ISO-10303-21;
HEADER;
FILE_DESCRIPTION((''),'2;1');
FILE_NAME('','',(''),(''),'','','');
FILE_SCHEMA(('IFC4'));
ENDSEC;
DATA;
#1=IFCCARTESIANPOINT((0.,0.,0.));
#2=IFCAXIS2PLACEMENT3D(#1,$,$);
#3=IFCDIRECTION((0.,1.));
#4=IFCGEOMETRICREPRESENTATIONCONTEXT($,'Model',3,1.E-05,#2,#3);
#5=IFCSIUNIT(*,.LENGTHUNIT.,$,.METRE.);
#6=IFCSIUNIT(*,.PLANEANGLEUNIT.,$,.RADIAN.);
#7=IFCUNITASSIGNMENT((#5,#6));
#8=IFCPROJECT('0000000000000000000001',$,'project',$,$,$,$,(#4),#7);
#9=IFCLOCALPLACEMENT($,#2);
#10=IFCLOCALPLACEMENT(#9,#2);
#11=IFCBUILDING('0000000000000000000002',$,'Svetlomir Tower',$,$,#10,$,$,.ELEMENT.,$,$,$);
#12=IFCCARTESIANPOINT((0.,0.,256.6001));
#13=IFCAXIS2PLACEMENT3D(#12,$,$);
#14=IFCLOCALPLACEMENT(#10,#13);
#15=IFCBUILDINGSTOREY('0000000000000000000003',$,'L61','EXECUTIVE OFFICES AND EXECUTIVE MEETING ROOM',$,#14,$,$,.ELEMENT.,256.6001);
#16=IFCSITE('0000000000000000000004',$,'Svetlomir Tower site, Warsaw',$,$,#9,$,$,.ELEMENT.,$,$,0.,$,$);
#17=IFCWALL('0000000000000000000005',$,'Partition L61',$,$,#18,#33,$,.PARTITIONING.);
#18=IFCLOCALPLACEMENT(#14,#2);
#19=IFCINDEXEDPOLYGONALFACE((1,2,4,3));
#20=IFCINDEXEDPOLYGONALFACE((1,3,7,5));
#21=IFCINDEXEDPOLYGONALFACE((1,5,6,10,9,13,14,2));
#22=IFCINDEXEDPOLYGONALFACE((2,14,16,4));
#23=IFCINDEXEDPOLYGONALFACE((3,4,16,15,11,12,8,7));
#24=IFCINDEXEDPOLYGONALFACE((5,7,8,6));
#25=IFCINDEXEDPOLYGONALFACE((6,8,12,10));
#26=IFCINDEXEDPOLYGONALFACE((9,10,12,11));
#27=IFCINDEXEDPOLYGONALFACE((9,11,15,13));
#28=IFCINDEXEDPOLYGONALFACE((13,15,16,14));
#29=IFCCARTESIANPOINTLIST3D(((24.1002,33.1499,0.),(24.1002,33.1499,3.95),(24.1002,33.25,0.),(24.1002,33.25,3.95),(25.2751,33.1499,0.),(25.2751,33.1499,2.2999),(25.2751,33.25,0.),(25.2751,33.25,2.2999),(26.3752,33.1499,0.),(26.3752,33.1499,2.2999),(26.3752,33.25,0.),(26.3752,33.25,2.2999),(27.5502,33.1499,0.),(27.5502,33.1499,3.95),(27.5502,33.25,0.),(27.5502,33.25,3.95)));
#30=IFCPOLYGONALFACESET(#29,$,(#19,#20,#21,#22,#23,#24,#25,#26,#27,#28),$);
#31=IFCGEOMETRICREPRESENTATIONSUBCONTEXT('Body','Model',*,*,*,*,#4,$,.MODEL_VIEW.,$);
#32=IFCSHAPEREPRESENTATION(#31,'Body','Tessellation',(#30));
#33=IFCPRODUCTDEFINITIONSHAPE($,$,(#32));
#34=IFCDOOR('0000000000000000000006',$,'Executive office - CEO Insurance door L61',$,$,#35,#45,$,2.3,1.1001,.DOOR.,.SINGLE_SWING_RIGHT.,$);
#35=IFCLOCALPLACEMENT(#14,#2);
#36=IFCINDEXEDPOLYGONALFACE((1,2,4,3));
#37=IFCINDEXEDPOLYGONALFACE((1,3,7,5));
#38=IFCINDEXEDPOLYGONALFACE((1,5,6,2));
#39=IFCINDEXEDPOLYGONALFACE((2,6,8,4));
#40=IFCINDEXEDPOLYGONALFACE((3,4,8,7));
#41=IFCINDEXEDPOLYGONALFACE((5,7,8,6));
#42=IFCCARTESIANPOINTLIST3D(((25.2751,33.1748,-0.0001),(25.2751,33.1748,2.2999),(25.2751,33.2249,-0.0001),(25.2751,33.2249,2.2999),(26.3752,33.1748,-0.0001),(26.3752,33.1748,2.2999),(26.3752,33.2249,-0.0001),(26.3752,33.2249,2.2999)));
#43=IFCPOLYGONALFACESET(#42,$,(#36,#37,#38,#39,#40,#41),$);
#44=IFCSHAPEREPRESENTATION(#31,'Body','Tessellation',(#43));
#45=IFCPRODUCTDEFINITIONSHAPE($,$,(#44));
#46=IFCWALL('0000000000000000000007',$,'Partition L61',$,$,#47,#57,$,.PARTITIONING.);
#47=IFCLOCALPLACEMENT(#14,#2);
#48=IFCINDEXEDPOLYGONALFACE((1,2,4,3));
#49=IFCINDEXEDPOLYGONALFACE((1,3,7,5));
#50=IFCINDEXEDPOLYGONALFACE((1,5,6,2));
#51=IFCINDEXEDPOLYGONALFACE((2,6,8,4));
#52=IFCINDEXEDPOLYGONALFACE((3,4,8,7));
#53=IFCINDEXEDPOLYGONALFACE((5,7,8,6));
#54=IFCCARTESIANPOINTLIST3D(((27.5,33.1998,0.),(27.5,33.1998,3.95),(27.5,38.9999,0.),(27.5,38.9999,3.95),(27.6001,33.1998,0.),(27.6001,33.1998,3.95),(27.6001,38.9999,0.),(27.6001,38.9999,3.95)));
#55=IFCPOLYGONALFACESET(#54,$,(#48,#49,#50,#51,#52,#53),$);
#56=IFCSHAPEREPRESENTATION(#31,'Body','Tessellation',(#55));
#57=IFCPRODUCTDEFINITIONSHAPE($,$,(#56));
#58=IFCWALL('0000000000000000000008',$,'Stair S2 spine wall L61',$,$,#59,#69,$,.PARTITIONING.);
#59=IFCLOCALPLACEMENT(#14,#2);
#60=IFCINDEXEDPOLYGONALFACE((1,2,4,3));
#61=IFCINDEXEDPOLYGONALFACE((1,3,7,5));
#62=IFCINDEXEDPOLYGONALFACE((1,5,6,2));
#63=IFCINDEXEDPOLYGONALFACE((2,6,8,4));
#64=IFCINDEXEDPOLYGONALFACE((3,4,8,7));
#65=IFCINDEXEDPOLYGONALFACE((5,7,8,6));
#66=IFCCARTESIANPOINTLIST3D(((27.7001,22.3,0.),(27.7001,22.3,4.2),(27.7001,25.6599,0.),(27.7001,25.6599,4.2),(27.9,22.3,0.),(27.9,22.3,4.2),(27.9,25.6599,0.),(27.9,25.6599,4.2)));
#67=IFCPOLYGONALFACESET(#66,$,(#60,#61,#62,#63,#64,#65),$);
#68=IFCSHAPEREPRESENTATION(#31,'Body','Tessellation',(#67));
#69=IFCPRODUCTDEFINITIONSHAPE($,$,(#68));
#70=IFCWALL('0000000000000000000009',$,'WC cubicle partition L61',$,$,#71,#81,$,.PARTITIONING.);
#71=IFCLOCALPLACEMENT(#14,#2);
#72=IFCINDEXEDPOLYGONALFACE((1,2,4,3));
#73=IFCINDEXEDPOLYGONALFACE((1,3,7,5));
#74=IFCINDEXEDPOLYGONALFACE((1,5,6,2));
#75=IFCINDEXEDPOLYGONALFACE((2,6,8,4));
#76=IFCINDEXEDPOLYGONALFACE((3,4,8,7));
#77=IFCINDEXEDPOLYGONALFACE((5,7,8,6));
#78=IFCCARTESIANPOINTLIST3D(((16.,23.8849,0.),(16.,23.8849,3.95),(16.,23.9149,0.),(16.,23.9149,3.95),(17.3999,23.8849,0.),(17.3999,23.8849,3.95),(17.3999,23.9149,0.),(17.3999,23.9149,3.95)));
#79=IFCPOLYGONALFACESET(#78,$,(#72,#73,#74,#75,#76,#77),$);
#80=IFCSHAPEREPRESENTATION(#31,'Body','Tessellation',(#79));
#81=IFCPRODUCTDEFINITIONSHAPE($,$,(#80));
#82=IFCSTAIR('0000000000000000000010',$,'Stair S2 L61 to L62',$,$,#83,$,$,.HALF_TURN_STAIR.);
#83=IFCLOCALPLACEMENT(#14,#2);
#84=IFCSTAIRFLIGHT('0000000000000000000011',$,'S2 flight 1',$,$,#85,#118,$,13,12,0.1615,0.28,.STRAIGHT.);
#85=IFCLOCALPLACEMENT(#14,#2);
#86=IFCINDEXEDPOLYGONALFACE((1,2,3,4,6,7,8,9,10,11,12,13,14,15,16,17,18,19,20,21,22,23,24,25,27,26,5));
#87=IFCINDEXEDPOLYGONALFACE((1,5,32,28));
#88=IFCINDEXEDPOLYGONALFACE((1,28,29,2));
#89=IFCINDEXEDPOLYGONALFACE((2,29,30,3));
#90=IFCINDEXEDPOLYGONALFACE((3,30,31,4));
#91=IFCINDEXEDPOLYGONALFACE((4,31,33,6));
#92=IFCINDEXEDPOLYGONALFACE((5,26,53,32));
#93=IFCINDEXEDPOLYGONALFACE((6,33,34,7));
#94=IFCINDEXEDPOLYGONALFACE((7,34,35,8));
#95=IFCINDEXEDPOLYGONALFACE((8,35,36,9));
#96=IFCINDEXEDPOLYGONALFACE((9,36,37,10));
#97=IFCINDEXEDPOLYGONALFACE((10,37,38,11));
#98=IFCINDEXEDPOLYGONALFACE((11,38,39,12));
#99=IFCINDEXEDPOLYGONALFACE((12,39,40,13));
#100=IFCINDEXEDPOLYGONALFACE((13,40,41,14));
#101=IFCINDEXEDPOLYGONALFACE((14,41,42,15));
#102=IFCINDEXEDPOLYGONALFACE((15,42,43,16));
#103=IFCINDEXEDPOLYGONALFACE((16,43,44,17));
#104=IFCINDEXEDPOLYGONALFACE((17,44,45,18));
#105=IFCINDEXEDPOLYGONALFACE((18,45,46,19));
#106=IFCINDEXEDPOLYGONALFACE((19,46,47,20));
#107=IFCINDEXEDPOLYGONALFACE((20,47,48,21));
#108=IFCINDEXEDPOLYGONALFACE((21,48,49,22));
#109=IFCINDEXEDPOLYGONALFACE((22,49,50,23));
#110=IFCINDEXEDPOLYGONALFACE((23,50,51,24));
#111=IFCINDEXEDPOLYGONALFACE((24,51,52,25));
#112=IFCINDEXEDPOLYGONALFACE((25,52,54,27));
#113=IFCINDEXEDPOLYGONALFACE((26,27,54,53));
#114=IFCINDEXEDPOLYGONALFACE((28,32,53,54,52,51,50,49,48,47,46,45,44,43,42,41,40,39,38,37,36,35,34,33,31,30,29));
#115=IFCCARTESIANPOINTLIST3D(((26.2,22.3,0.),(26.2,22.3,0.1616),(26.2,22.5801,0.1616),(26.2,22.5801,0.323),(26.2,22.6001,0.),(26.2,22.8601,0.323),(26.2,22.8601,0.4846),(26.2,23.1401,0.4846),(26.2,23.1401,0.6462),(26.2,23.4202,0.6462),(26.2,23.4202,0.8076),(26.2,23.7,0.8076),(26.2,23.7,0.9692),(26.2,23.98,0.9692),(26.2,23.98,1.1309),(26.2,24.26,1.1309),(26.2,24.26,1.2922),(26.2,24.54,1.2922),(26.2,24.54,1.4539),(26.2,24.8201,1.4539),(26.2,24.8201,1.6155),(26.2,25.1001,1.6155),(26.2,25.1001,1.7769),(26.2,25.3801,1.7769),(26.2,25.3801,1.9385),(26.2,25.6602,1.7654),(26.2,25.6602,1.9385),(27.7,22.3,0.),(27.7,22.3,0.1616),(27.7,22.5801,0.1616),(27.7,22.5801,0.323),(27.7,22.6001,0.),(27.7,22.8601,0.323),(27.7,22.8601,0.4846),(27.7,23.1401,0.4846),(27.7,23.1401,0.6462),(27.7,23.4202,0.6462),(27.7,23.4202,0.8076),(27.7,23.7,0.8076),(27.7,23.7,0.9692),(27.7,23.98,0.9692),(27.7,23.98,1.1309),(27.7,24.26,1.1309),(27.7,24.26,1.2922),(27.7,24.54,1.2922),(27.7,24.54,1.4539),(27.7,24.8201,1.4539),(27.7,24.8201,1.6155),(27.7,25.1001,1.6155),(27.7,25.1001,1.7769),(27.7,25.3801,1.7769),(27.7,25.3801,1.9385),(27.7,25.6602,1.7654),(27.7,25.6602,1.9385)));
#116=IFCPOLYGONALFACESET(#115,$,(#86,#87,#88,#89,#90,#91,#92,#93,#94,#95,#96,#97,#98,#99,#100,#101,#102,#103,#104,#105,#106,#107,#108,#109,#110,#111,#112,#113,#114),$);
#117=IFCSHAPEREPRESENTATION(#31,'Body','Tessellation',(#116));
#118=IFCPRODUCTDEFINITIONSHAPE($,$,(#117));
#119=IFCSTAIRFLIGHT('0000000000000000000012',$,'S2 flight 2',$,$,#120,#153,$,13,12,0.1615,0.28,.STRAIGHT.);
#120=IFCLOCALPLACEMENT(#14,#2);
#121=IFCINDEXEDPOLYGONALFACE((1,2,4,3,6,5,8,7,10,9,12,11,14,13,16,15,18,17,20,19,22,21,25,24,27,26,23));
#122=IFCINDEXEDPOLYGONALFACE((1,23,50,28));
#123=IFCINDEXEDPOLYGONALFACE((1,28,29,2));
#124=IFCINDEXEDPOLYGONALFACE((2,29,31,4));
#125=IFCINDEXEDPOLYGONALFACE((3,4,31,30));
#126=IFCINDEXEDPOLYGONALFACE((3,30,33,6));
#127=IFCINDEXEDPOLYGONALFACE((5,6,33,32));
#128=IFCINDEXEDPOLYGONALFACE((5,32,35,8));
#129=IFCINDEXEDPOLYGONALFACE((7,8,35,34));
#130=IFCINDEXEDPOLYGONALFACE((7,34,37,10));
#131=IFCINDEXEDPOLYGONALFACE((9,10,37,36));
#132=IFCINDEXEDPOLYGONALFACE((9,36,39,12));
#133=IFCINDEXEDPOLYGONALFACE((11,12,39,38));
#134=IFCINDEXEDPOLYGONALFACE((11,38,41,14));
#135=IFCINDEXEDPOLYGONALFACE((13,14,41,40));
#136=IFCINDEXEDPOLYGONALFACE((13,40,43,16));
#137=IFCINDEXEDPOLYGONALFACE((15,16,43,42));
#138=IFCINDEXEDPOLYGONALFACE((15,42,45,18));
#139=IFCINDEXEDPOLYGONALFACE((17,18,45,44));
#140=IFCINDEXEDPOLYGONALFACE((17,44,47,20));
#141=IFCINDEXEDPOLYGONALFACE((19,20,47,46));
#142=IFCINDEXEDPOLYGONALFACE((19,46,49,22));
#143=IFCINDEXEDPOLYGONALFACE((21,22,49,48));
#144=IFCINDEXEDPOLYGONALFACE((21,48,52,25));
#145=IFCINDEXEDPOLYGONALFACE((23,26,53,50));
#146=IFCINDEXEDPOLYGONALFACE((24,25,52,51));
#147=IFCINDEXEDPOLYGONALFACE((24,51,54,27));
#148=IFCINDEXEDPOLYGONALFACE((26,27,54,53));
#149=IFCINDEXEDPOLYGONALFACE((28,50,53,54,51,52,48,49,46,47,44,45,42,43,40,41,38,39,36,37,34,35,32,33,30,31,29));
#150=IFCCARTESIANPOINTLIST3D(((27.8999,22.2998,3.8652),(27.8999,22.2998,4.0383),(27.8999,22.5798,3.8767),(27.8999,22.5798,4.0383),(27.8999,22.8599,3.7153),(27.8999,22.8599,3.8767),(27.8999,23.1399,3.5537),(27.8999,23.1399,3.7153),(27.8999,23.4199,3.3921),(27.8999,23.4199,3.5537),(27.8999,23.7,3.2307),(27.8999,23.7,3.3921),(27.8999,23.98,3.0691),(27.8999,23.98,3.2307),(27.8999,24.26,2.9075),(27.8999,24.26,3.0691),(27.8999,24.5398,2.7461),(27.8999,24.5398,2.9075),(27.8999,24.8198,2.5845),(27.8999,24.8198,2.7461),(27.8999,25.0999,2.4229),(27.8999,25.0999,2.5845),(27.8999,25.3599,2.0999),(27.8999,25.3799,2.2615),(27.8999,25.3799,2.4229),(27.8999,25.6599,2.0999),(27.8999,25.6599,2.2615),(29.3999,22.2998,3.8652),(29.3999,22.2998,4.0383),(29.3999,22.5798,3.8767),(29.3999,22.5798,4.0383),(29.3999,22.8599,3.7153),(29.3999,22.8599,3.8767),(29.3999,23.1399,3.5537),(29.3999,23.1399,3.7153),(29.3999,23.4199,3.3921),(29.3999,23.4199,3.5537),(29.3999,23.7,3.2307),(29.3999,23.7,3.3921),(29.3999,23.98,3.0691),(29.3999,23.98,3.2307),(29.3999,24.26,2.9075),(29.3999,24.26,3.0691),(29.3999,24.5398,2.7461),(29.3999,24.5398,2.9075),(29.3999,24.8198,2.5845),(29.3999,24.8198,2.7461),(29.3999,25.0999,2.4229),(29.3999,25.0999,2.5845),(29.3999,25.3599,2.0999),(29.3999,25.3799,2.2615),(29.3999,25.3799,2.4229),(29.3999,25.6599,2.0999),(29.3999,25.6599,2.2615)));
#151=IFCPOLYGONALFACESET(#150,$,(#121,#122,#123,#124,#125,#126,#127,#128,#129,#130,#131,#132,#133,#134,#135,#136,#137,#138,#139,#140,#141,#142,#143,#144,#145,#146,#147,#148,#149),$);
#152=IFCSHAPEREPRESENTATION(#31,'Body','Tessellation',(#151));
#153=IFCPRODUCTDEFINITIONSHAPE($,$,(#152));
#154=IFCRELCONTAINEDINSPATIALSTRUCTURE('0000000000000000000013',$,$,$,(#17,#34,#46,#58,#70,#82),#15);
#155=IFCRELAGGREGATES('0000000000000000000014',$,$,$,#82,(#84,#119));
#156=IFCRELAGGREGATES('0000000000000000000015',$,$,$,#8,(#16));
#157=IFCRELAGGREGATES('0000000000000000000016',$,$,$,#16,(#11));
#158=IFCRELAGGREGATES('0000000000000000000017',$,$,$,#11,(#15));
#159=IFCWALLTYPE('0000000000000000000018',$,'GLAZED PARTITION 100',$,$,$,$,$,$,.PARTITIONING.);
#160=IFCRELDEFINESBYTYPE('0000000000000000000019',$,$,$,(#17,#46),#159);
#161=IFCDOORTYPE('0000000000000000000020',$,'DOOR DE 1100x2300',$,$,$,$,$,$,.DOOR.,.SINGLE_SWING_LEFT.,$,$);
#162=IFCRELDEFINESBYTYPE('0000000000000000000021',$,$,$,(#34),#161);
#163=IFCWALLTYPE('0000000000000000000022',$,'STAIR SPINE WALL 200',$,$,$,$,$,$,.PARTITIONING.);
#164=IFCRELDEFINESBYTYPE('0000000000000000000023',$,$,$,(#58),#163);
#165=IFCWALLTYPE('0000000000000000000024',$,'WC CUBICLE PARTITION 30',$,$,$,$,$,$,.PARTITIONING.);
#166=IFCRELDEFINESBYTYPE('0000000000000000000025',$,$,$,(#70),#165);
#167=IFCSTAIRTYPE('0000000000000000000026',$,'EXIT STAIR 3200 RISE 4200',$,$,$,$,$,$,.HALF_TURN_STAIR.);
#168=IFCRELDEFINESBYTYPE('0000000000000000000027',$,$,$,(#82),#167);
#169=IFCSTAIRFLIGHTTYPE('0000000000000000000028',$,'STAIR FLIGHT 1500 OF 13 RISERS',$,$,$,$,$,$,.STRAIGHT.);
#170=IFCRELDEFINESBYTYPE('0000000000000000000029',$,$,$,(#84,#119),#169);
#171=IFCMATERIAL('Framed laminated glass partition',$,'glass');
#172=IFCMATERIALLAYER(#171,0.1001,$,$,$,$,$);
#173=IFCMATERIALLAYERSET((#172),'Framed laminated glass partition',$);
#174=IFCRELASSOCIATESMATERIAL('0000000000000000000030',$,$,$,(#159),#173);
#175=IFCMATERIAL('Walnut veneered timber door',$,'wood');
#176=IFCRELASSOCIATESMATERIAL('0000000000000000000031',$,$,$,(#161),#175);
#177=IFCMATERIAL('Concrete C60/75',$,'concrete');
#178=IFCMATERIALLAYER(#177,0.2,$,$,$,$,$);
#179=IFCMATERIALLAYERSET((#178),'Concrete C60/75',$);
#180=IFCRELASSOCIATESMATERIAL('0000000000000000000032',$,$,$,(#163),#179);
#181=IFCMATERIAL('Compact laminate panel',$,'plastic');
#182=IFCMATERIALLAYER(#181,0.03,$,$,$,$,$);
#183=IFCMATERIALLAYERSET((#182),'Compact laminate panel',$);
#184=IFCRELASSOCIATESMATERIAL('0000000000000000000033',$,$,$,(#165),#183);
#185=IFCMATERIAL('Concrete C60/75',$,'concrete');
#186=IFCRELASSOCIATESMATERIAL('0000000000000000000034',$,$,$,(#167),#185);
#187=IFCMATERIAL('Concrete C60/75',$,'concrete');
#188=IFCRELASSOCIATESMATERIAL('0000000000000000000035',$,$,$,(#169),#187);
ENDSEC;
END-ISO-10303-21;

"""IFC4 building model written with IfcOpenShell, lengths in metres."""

from ifc_helpers import new_model, si_unit, direction, frame, frame_2d, origin, place, context, subcontext, project, spatial, polyline, rectangle, outline, extrude, material, layer, layer_set, type_object, element, fill, aggregate, save


model = new_model("IFC4")

# Units and contexts
model_context = context("Model", 3, precision=1e-05, world=origin(), true_north=direction((0.0, 1.0)))
body_context = subcontext(model_context, "Body", "Model", "MODEL_VIEW")
ifc_project = project(units=[si_unit("LENGTHUNIT", "METRE"), si_unit("PLANEANGLEUNIT", "RADIAN")], contexts=[model_context])

# Site, building, storey
site_placement = place(None, origin())
site = spatial("IfcSite", under=ifc_project, at=site_placement, Name="Svetlomir Tower site, Warsaw", CompositionType="ELEMENT", RefElevation=0.0)
building_placement = place(site_placement, origin())
building = spatial("IfcBuilding", under=site, at=building_placement, Name="Svetlomir Tower", CompositionType="ELEMENT")
storey_placement = place(building_placement, frame((0.0, 0.0, 256.6001)))
storey = spatial("IfcBuildingStorey", under=building, at=storey_placement, Name="L61", Description="EXECUTIVE OFFICES AND EXECUTIVE MEETING ROOM", CompositionType="ELEMENT", Elevation=256.6001)

# Shared definitions
ifc_material_1 = material(Name="Framed laminated glass partition", Category="glass")
ifc_layer_1 = layer(ifc_material_1, 0.1001)
ifc_layer_set_1 = layer_set([ifc_layer_1], Name="Framed laminated glass partition")
wall_type_1 = type_object("IfcWallType", Name="GLAZED PARTITION 100", PredefinedType="PARTITIONING", material=ifc_layer_set_1)

# Wall, opening, door
wall_1_placement = place(storey_placement, frame((24.1001, 33.2, 0.0), z_axis=(0.0, 0.0, 1.0), x_axis=(1.0, 0.0, 0.0)))
wall_1 = element("IfcWall", 1, at=wall_1_placement, inside=storey, type_object=wall_type_1, Name="Partition L61", PredefinedType="PARTITIONING", context=body_context, shape_type="SweptSolid", body=[
    extrude(rectangle(XDim=3.45, YDim=0.1001, at=frame_2d((1.7251, 0.0))), origin(), (0.0, 0.0, 1.0), 3.95),
])
opening_1_placement = place(wall_1_placement, frame((1.175, 0.0, 0.0)))
opening_1 = element("IfcOpeningElement", 2, at=opening_1_placement, cuts=wall_1, PredefinedType="OPENING", context=body_context, shape_type="SweptSolid", body=[
    extrude(rectangle(XDim=1.1001, YDim=2.3, at=frame_2d((0.55, 1.1499))), frame((0.0, 0.0601, 0.0), z_axis=(0.0, -1.0, 0.0), x_axis=(1.0, 0.0, 0.0)), (0.0, 0.0, 1.0), 0.1201),
])
ifc_material_2 = material(Name="Walnut veneered timber door", Category="wood")
door_type_1 = type_object("IfcDoorType", Name="DOOR DE 1100x2300", OperationType="SINGLE_SWING_LEFT", PredefinedType="DOOR", material=ifc_material_2)
door_1_placement = place(opening_1_placement, origin())
door_1 = element("IfcDoor", 3, at=door_1_placement, inside=storey, type_object=door_type_1, Name="Executive office - CEO Insurance door L61", OperationType="SINGLE_SWING_RIGHT", OverallHeight=2.3, OverallWidth=1.1001, PredefinedType="DOOR", context=body_context, shape_type="SweptSolid", body=[
    extrude(rectangle(XDim=1.1001, YDim=2.3, at=frame_2d((0.55, 1.1499))), frame((0.0, 0.0249, 0.0), z_axis=(0.0, -1.0, 0.0), x_axis=(1.0, 0.0, 0.0)), (0.0, 0.0, 1.0), 0.05),
])
fill(opening_1, door_1)

# Walls
wall_2_placement = place(storey_placement, frame((27.55, 33.2, 0.0), z_axis=(0.0, 0.0, 1.0), x_axis=(0.0, 1.0, 0.0)))
element("IfcWall", 4, at=wall_2_placement, inside=storey, type_object=wall_type_1, Name="Partition L61", PredefinedType="PARTITIONING", context=body_context, shape_type="SweptSolid", body=[
    extrude(rectangle(XDim=5.8, YDim=0.1001, at=frame_2d((2.8999, 0.0))), origin(), (0.0, 0.0, 1.0), 3.95),
])
ifc_material_3 = material(Name="Concrete C60/75", Category="concrete")
ifc_layer_2 = layer(ifc_material_3, 0.2)
ifc_layer_set_2 = layer_set([ifc_layer_2], Name="Concrete C60/75")
wall_type_2 = type_object("IfcWallType", Name="STAIR SPINE WALL 200", PredefinedType="PARTITIONING", material=ifc_layer_set_2)
wall_3_placement = place(storey_placement, frame((27.8, 22.3, 0.0), z_axis=(0.0, 0.0, 1.0), x_axis=(0.0, 1.0, 0.0)))
element("IfcWall", 5, at=wall_3_placement, inside=storey, type_object=wall_type_2, Name="Stair S2 spine wall L61", PredefinedType="PARTITIONING", context=body_context, shape_type="SweptSolid", body=[
    extrude(rectangle(XDim=3.3599, YDim=0.2, at=frame_2d((1.6799, 0.0))), origin(), (0.0, 0.0, 1.0), 4.2),
])
ifc_material_4 = material(Name="Compact laminate panel", Category="plastic")
ifc_layer_3 = layer(ifc_material_4, 0.03)
ifc_layer_set_3 = layer_set([ifc_layer_3], Name="Compact laminate panel")
wall_type_3 = type_object("IfcWallType", Name="WC CUBICLE PARTITION 30", PredefinedType="PARTITIONING", material=ifc_layer_set_3)
wall_4_placement = place(storey_placement, frame((16.0, 23.8999, 0.0), z_axis=(0.0, 0.0, 1.0), x_axis=(1.0, 0.0, 0.0)))
element("IfcWall", 6, at=wall_4_placement, inside=storey, type_object=wall_type_3, Name="WC cubicle partition L61", PredefinedType="PARTITIONING", context=body_context, shape_type="SweptSolid", body=[
    extrude(rectangle(XDim=1.3999, YDim=0.03, at=frame_2d((0.7, 0.0))), origin(), (0.0, 0.0, 1.0), 3.95),
])

# Stair, stair flights
ifc_material_5 = material(Name="Concrete C60/75", Category="concrete")
stair_type = type_object("IfcStairType", Name="EXIT STAIR 3200 RISE 4200", PredefinedType="HALF_TURN_STAIR", material=ifc_material_5)
stair_placement = place(storey_placement, origin())
stair = element("IfcStair", 7, at=stair_placement, inside=storey, type_object=stair_type, Name="Stair S2 L61 to L62", PredefinedType="HALF_TURN_STAIR")
ifc_material_6 = material(Name="Concrete C60/75", Category="concrete")
stair_flight_type = type_object("IfcStairFlightType", Name="STAIR FLIGHT 1500 OF 13 RISERS", PredefinedType="STRAIGHT", material=ifc_material_6)
stair_flight_1_placement = place(storey_placement, frame((26.95, 22.3, 0.0), z_axis=(0.0, 0.0, 1.0), x_axis=(0.0, 1.0, 0.0)))
stair_flight_1 = element("IfcStairFlight", 8, at=stair_flight_1_placement, type_object=stair_flight_type, Name="S2 flight 1", NumberOfRisers=13, NumberOfTreads=12, PredefinedType="STRAIGHT", RiserHeight=0.1615, TreadLength=0.28, context=body_context, shape_type="SweptSolid", body=[
    extrude(outline(polyline([(0.0, 0.0), (0.0, 0.1616), (0.28, 0.1616), (0.28, 0.323), (0.5601, 0.323), (0.5601, 0.4846), (0.8401, 0.4846), (0.8401, 0.6462), (1.1201, 0.6462), (1.1201, 0.8076), (1.3999, 0.8076), (1.3999, 0.9692), (1.6799, 0.9692), (1.6799, 1.1309), (1.96, 1.1309), (1.96, 1.2922), (2.24, 1.2922), (2.24, 1.4539), (2.52, 1.4539), (2.52, 1.6155), (2.8, 1.6155), (2.8, 1.7769), (3.0801, 1.7769), (3.0801, 1.9385), (3.3601, 1.9385), (3.3601, 2.1001), (3.3601, 1.7654), (0.3, 0.0), (0.0, 0.0)])), frame((0.0, 0.75, 0.0), z_axis=(0.0, -1.0, 0.0), x_axis=(1.0, 0.0, 0.0)), (0.0, 0.0, 1.0), 1.5),
])
stair_flight_2_placement = place(storey_placement, frame((28.6499, 25.6599, 2.0999), z_axis=(0.0, 0.0, 1.0), x_axis=(0.0, -1.0, 0.0)))
stair_flight_2 = element("IfcStairFlight", 9, at=stair_flight_2_placement, type_object=stair_flight_type, Name="S2 flight 2", NumberOfRisers=13, NumberOfTreads=12, PredefinedType="STRAIGHT", RiserHeight=0.1615, TreadLength=0.28, context=body_context, shape_type="SweptSolid", body=[
    extrude(outline(polyline([(0.0, 0.0), (0.0, 0.1616), (0.28, 0.1616), (0.28, 0.323), (0.5601, 0.323), (0.5601, 0.4846), (0.8401, 0.4846), (0.8401, 0.6462), (1.1201, 0.6462), (1.1201, 0.8076), (1.3999, 0.8076), (1.3999, 0.9692), (1.6799, 0.9692), (1.6799, 1.1309), (1.96, 1.1309), (1.96, 1.2922), (2.24, 1.2922), (2.24, 1.4539), (2.52, 1.4539), (2.52, 1.6155), (2.8, 1.6155), (2.8, 1.7769), (3.0801, 1.7769), (3.0801, 1.9385), (3.3601, 1.9385), (3.3601, 2.1001), (3.3601, 1.7654), (0.3, 0.0), (0.0, 0.0)])), frame((0.0, 0.75, 0.0), z_axis=(0.0, -1.0, 0.0), x_axis=(1.0, 0.0, 0.0)), (0.0, 0.0, 1.0), 1.5),
])
aggregate(stair, [stair_flight_1, stair_flight_2])

save(model, "model.ifc")
